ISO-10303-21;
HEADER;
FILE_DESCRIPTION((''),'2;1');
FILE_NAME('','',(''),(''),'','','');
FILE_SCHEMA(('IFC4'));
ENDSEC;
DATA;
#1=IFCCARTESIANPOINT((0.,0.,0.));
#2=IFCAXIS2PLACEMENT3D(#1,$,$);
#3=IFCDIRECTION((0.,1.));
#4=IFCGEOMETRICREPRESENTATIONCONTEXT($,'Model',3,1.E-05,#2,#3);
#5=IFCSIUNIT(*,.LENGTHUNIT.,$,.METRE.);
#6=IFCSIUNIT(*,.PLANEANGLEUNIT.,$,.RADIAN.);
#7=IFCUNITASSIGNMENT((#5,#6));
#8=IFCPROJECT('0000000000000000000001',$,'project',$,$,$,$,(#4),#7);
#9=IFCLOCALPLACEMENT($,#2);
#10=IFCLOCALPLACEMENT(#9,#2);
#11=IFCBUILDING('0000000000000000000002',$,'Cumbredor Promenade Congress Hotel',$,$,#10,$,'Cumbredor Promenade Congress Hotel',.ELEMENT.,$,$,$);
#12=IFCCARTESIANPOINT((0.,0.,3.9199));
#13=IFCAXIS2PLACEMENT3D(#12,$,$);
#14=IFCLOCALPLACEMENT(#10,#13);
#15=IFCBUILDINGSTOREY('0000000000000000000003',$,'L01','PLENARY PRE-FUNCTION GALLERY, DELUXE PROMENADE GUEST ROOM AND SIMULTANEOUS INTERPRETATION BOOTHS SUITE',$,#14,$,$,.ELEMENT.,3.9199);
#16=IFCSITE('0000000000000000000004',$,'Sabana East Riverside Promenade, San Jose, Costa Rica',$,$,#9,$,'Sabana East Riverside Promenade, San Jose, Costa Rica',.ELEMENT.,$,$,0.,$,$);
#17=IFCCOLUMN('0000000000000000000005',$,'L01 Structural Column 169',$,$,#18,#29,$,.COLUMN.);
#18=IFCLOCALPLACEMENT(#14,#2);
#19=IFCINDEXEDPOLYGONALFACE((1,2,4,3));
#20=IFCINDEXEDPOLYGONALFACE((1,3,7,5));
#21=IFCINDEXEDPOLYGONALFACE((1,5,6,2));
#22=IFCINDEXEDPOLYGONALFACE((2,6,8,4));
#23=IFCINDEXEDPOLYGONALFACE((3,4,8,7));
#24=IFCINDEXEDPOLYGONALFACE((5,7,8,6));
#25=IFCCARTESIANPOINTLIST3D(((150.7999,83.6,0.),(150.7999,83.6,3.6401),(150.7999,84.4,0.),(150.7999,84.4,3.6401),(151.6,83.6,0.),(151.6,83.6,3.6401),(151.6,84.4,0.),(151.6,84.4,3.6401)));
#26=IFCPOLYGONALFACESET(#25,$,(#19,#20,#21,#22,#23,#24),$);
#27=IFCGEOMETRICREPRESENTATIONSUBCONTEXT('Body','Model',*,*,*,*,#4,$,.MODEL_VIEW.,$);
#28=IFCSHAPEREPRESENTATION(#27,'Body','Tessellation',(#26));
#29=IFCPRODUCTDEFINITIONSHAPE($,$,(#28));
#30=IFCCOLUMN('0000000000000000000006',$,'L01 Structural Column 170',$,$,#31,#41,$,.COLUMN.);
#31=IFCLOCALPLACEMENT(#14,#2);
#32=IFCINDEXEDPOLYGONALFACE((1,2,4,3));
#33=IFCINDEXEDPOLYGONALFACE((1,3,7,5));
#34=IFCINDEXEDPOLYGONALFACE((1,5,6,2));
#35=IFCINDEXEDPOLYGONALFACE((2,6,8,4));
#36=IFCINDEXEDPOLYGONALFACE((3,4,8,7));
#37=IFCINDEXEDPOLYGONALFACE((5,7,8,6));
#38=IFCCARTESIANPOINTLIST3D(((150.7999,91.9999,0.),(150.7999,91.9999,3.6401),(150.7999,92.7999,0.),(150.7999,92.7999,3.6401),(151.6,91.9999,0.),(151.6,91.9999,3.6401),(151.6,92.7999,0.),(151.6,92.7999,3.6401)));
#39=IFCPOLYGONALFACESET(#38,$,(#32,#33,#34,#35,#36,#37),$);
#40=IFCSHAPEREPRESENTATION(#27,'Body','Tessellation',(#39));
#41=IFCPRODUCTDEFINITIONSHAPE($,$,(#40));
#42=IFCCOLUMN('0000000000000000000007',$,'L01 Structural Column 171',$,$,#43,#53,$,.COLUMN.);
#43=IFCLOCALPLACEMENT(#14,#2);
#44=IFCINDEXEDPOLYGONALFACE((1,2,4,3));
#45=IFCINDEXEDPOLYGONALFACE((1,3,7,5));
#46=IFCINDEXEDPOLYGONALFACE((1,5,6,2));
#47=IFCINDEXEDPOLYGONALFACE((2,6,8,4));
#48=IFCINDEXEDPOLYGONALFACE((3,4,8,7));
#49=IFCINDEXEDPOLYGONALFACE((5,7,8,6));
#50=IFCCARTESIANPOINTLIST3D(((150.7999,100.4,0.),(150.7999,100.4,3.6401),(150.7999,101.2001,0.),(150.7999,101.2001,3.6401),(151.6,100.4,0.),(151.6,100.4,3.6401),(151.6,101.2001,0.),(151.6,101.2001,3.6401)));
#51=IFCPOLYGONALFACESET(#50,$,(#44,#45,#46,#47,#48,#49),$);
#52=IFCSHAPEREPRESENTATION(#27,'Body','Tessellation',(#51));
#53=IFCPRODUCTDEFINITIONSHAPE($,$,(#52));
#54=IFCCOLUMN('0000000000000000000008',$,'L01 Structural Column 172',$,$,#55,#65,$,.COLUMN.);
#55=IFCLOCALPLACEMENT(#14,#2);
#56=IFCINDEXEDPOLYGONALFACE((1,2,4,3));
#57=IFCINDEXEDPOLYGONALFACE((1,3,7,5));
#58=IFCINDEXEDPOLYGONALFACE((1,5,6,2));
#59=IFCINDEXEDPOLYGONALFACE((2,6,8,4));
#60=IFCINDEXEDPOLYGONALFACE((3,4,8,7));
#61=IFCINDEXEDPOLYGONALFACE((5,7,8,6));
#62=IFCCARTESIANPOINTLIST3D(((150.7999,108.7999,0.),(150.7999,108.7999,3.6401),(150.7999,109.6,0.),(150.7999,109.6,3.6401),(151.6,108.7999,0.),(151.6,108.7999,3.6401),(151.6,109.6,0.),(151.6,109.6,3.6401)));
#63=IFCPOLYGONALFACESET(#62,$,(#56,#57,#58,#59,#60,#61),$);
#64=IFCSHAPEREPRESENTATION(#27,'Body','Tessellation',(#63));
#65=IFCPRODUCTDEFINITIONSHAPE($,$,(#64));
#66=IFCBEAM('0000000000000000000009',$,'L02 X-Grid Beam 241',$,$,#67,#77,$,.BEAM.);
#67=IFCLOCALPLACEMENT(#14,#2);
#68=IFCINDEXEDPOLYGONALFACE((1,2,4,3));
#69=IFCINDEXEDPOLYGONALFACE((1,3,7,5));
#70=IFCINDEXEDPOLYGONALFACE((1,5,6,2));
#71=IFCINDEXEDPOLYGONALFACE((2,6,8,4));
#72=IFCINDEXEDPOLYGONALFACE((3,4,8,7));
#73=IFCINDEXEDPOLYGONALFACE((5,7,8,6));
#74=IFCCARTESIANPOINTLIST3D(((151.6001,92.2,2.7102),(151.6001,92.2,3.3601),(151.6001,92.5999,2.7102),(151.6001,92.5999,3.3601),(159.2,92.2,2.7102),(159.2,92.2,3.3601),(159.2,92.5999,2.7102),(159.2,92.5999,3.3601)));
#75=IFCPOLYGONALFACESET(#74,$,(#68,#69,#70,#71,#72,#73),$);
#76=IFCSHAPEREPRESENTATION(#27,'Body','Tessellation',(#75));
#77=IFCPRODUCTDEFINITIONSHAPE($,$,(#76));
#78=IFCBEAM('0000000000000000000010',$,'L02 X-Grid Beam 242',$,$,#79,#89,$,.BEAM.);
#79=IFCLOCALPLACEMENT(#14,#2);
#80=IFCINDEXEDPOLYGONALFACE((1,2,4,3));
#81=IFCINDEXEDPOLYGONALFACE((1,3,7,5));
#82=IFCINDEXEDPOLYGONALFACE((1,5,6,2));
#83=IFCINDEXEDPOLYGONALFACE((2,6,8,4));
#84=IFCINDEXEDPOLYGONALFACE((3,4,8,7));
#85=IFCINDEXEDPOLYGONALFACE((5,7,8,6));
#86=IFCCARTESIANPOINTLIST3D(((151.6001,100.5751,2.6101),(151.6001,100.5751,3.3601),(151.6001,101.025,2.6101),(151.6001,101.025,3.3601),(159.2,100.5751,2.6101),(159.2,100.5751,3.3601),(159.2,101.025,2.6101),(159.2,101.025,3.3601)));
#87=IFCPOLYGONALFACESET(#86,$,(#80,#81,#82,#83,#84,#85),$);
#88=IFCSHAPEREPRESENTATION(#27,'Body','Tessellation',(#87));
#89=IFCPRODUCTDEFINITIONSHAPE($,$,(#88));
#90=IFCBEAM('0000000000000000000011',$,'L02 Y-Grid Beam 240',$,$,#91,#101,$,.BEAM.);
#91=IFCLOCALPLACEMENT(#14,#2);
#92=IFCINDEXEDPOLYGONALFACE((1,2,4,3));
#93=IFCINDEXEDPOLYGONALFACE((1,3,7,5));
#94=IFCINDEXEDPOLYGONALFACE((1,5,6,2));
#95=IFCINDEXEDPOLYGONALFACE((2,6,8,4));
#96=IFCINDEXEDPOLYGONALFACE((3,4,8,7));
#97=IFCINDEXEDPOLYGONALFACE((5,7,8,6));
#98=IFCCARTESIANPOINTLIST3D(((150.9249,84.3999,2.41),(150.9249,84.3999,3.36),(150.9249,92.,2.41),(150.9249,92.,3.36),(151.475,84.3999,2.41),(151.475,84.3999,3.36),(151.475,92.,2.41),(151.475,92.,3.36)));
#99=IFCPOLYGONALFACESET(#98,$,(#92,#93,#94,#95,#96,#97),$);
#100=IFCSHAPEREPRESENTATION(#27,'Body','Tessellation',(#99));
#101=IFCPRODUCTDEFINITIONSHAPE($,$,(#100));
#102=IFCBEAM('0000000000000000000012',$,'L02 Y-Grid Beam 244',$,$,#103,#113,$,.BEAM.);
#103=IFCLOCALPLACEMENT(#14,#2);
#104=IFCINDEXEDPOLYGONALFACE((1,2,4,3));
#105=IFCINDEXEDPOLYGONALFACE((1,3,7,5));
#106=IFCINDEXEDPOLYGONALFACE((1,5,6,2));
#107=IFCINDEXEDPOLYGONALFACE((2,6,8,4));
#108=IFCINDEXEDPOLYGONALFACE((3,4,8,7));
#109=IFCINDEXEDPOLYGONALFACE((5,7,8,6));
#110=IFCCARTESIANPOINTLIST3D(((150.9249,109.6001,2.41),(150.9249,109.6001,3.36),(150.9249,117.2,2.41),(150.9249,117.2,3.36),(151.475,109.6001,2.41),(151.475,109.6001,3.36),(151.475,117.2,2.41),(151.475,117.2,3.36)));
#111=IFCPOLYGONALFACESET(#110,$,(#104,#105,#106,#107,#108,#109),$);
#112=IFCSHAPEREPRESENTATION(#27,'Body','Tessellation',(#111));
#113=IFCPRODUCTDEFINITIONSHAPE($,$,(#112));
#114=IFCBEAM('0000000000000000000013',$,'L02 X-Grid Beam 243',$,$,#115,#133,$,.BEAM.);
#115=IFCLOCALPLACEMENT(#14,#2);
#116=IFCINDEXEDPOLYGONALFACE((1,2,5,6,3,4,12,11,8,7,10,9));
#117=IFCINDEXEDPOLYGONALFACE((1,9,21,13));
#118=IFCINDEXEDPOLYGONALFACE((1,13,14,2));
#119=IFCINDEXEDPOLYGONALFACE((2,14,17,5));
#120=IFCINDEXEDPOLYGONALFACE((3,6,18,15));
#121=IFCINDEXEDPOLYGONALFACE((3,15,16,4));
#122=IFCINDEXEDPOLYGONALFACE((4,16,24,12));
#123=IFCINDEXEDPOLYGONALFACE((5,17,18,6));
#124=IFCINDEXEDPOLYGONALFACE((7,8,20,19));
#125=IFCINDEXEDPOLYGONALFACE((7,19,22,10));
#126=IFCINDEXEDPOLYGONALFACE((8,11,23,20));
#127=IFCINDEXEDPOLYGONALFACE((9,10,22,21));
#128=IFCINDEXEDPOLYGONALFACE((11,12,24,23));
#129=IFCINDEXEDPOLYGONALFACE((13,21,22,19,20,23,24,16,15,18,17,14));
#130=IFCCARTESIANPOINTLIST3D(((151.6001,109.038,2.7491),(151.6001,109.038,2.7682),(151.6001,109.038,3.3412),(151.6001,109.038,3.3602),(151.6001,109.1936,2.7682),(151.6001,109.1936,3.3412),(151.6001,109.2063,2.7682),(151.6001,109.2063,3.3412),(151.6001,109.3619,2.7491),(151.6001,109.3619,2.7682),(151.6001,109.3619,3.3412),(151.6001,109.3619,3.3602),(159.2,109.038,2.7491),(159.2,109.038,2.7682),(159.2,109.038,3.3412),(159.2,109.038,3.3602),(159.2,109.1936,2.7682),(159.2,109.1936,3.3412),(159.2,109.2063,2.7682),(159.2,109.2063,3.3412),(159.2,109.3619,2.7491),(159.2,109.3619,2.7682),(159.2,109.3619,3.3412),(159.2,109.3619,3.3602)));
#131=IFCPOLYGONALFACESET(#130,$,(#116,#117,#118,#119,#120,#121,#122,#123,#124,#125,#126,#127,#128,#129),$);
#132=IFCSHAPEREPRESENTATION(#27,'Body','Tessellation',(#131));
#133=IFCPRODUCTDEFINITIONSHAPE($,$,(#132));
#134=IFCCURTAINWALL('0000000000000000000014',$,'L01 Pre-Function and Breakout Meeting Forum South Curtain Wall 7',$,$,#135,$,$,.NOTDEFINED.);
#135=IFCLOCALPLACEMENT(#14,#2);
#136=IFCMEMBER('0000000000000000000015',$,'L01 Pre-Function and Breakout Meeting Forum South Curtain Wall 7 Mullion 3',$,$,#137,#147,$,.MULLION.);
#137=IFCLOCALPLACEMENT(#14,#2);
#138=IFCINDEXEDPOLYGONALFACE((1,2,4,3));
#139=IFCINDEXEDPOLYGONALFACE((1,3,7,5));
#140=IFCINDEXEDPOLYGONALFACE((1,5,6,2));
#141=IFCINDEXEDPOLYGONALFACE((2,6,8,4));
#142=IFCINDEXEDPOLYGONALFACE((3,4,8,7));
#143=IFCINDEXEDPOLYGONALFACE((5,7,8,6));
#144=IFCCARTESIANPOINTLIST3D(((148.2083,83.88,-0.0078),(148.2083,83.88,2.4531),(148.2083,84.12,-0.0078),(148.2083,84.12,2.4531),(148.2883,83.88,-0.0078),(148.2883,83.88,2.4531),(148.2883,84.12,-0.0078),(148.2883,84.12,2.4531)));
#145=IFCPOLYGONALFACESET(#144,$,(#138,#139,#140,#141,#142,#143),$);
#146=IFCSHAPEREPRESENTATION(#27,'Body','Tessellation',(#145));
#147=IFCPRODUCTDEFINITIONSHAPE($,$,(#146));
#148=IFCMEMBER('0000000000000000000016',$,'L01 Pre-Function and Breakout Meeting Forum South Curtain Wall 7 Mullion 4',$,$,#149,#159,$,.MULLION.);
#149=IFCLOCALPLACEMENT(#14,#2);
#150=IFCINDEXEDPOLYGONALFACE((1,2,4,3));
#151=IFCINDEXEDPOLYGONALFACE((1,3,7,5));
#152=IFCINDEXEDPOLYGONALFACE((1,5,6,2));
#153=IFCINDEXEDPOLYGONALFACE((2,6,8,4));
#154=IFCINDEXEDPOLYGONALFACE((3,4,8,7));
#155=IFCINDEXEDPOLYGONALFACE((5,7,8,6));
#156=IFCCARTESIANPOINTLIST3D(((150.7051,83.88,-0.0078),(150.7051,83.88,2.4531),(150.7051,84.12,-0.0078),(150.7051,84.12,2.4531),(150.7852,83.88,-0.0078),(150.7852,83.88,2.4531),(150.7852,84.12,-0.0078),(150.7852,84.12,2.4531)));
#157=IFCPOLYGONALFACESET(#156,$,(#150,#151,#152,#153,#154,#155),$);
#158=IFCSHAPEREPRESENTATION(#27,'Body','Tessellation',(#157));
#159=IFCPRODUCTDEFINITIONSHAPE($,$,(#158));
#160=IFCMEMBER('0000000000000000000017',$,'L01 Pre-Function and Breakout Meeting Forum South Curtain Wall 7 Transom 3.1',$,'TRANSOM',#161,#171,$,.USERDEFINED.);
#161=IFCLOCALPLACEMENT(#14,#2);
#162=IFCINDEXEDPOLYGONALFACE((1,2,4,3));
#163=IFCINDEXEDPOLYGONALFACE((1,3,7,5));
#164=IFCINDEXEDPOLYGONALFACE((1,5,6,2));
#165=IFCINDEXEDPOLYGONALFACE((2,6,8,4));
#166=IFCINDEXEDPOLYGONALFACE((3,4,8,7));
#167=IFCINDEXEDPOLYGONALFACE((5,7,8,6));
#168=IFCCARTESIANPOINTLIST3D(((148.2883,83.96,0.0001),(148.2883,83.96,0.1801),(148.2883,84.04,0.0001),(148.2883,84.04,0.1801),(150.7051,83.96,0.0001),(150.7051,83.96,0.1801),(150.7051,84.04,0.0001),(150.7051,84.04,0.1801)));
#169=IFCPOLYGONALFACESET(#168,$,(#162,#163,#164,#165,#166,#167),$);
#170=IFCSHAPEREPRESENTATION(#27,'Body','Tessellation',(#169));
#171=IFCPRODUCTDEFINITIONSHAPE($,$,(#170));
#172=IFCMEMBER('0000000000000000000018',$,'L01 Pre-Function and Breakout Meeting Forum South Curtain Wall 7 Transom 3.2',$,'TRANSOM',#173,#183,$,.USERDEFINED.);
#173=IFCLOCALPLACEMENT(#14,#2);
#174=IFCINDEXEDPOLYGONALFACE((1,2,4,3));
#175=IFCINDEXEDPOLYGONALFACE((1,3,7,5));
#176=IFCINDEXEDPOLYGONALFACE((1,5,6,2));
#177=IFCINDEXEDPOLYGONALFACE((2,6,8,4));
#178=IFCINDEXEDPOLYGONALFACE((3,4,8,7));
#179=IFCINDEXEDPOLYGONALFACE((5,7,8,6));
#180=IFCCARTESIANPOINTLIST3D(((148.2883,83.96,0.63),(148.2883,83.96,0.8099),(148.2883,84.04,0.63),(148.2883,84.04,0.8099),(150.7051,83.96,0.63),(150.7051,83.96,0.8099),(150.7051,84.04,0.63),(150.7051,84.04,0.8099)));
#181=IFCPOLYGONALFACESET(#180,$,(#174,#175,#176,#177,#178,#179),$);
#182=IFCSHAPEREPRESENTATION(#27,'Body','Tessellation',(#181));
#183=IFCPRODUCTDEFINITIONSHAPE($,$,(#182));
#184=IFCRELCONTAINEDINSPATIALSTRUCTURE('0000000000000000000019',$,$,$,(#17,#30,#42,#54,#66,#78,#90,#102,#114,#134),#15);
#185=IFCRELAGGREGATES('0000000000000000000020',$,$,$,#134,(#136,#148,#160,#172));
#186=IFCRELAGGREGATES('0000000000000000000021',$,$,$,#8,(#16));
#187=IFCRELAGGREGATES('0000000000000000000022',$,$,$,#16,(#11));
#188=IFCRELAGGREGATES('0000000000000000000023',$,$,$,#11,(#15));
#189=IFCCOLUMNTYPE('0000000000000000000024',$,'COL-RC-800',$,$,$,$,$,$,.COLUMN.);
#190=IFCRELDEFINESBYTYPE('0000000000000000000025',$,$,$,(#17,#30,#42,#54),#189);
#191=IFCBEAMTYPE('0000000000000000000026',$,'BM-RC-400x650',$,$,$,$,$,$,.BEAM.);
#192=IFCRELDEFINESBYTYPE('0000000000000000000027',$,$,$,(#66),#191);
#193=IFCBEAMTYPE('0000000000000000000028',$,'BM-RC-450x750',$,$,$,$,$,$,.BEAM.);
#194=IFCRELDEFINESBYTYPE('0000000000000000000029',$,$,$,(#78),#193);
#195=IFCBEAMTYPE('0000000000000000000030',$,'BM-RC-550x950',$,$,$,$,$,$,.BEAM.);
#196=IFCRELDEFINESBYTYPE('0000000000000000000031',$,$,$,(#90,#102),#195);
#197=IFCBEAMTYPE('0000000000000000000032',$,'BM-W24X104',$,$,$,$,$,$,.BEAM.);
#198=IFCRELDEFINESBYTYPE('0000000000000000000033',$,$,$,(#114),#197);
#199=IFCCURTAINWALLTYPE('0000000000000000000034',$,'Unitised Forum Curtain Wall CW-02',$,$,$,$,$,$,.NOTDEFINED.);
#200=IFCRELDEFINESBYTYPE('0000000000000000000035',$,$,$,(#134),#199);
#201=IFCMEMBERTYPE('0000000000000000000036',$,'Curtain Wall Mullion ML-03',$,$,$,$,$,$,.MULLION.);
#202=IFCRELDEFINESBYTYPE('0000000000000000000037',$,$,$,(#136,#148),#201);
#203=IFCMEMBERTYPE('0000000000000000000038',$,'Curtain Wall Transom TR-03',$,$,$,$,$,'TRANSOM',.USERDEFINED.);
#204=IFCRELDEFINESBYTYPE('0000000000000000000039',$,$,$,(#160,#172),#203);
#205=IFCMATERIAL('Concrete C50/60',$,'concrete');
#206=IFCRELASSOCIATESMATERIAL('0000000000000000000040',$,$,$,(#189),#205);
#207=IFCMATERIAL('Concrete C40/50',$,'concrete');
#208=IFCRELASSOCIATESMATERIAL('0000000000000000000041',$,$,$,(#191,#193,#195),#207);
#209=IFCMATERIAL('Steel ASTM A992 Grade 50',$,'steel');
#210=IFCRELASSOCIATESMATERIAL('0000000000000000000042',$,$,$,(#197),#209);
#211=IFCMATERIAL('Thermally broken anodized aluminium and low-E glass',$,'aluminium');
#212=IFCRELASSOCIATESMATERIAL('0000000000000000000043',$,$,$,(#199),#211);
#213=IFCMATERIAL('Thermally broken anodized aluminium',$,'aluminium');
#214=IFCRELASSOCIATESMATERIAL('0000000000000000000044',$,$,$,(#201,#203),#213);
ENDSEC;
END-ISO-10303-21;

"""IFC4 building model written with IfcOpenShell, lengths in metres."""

from ifc_helpers import new_model, si_unit, direction, frame, origin, origin_2d, place, context, subcontext, project, spatial, rectangle, i_section, extrude, material, material_profile, profile_set, type_object, element, aggregate, save


model = new_model("IFC4")

# Units and contexts
model_context = context("Model", 3, precision=1e-05, world=origin(), true_north=direction((0.0, 1.0)))
body_context = subcontext(model_context, "Body", "Model", "MODEL_VIEW")
ifc_project = project(units=[si_unit("LENGTHUNIT", "METRE"), si_unit("PLANEANGLEUNIT", "RADIAN")], contexts=[model_context])

# Site, building, storey
site_placement = place(None, origin())
site = spatial("IfcSite", under=ifc_project, at=site_placement, Name="Sabana East Riverside Promenade, San Jose, Costa Rica", LongName="Sabana East Riverside Promenade, San Jose, Costa Rica", CompositionType="ELEMENT", RefElevation=0.0)
building_placement = place(site_placement, origin())
building = spatial("IfcBuilding", under=site, at=building_placement, Name="Cumbredor Promenade Congress Hotel", LongName="Cumbredor Promenade Congress Hotel", CompositionType="ELEMENT")
storey_placement = place(building_placement, frame((0.0, 0.0, 3.9199)))
storey = spatial("IfcBuildingStorey", under=building, at=storey_placement, Name="L01", Description="PLENARY PRE-FUNCTION GALLERY, DELUXE PROMENADE GUEST ROOM AND SIMULTANEOUS INTERPRETATION BOOTHS SUITE", CompositionType="ELEMENT", Elevation=3.9199)

# Columns
ifc_material_1 = material(Name="Concrete C50/60", Category="concrete")
ifc_material_profile_1 = material_profile(ifc_material_1, rectangle(XDim=0.8, YDim=0.8, at=origin_2d()), Name="RC 800x800")
ifc_profile_set_1 = profile_set([ifc_material_profile_1], Name="Concrete C50/60")
column_type = type_object("IfcColumnType", Name="COL-RC-800", PredefinedType="COLUMN", material=ifc_profile_set_1)
for number, where, z_axis, x_axis, name in (
    (1, (151.2, 84.0, 0.0), (0.0, 0.0, 1.0), (1.0, 0.0, 0.0), "L01 Structural Column 169"),
    (2, (151.2, 92.3999, 0.0), (0.0, 0.0, 1.0), (1.0, 0.0, 0.0), "L01 Structural Column 170"),
    (3, (151.2, 100.8, 0.0), (0.0, 0.0, 1.0), (1.0, 0.0, 0.0), "L01 Structural Column 171"),
    (4, (151.2, 109.2, 0.0), (0.0, 0.0, 1.0), (1.0, 0.0, 0.0), "L01 Structural Column 172"),
):
    element("IfcColumn", number, at=place(storey_placement, frame(where, z_axis=z_axis, x_axis=x_axis)), inside=storey, type_object=column_type, Name=name, PredefinedType="COLUMN", context=body_context, shape_type="SweptSolid", body=[
        extrude(rectangle(XDim=0.8, YDim=0.8, at=origin_2d()), origin(), (0.0, 0.0, 1.0), 3.6401),
    ])

# Beams
ifc_material_2 = material(Name="Concrete C40/50", Category="concrete")
ifc_material_profile_2 = material_profile(ifc_material_2, rectangle(XDim=0.3999, YDim=0.6499, at=origin_2d()), Name="RC BEAM 400x650")
ifc_profile_set_2 = profile_set([ifc_material_profile_2], Name="Concrete C40/50")
beam_type_1 = type_object("IfcBeamType", Name="BM-RC-400x650", PredefinedType="BEAM", material=ifc_profile_set_2)
beam_1_placement = place(storey_placement, frame((151.6001, 92.3999, 3.0352), z_axis=(1.0, 0.0, 0.0), x_axis=(0.0, 1.0, 0.0)))
element("IfcBeam", 5, at=beam_1_placement, inside=storey, type_object=beam_type_1, Name="L02 X-Grid Beam 241", PredefinedType="BEAM", context=body_context, shape_type="SweptSolid", body=[
    extrude(rectangle(XDim=0.3999, YDim=0.6499, at=origin_2d()), origin(), (0.0, 0.0, 1.0), 7.5999),
])
ifc_material_profile_3 = material_profile(ifc_material_2, rectangle(XDim=0.45, YDim=0.75, at=origin_2d()), Name="RC BEAM 450x750")
ifc_profile_set_3 = profile_set([ifc_material_profile_3], Name="Concrete C40/50")
beam_type_2 = type_object("IfcBeamType", Name="BM-RC-450x750", PredefinedType="BEAM", material=ifc_profile_set_3)
beam_2_placement = place(storey_placement, frame((151.6001, 100.8, 2.9851), z_axis=(1.0, 0.0, 0.0), x_axis=(0.0, 1.0, 0.0)))
element("IfcBeam", 6, at=beam_2_placement, inside=storey, type_object=beam_type_2, Name="L02 X-Grid Beam 242", PredefinedType="BEAM", context=body_context, shape_type="SweptSolid", body=[
    extrude(rectangle(XDim=0.45, YDim=0.75, at=origin_2d()), origin(), (0.0, 0.0, 1.0), 7.5999),
])
ifc_material_profile_4 = material_profile(ifc_material_2, rectangle(XDim=0.55, YDim=0.95, at=origin_2d()), Name="RC BEAM 550x950")
ifc_profile_set_4 = profile_set([ifc_material_profile_4], Name="Concrete C40/50")
beam_type_3 = type_object("IfcBeamType", Name="BM-RC-550x950", PredefinedType="BEAM", material=ifc_profile_set_4)
beam_3_placement = place(storey_placement, frame((151.2, 84.3999, 2.885), z_axis=(0.0, 1.0, 0.0), x_axis=(-1.0, 0.0, 0.0)))
element("IfcBeam", 7, at=beam_3_placement, inside=storey, type_object=beam_type_3, Name="L02 Y-Grid Beam 240", PredefinedType="BEAM", context=body_context, shape_type="SweptSolid", body=[
    extrude(rectangle(XDim=0.55, YDim=0.95, at=origin_2d()), origin(), (0.0, 0.0, 1.0), 7.6001),
])
beam_4_placement = place(storey_placement, frame((151.2, 109.6001, 2.885), z_axis=(0.0, 1.0, 0.0), x_axis=(-1.0, 0.0, 0.0)))
element("IfcBeam", 8, at=beam_4_placement, inside=storey, type_object=beam_type_3, Name="L02 Y-Grid Beam 244", PredefinedType="BEAM", context=body_context, shape_type="SweptSolid", body=[
    extrude(rectangle(XDim=0.55, YDim=0.95, at=origin_2d()), origin(), (0.0, 0.0, 1.0), 7.5999),
])
ifc_material_3 = material(Name="Steel ASTM A992 Grade 50", Category="steel")
ifc_material_profile_5 = material_profile(ifc_material_3, i_section(OverallWidth=0.324, OverallDepth=0.6111, WebThickness=0.0127, FlangeThickness=0.019, at=origin_2d()), Name="W24X104")
ifc_profile_set_5 = profile_set([ifc_material_profile_5], Name="Steel ASTM A992 Grade 50")
beam_type_4 = type_object("IfcBeamType", Name="BM-W24X104", PredefinedType="BEAM", material=ifc_profile_set_5)
beam_5_placement = place(storey_placement, frame((151.6001, 109.2, 3.0547), z_axis=(1.0, 0.0, 0.0), x_axis=(0.0, 1.0, 0.0)))
element("IfcBeam", 9, at=beam_5_placement, inside=storey, type_object=beam_type_4, Name="L02 X-Grid Beam 243", PredefinedType="BEAM", context=body_context, shape_type="SweptSolid", body=[
    extrude(i_section(OverallWidth=0.324, OverallDepth=0.6111, WebThickness=0.0127, FlangeThickness=0.019, at=origin_2d()), origin(), (0.0, 0.0, 1.0), 7.5999),
])

# Curtain wall, members
ifc_material_4 = material(Name="Thermally broken anodized aluminium and low-E glass", Category="aluminium")
curtain_wall_type = type_object("IfcCurtainWallType", Name="Unitised Forum Curtain Wall CW-02", PredefinedType="NOTDEFINED", material=ifc_material_4)
curtain_wall_placement = place(storey_placement, origin())
curtain_wall = element("IfcCurtainWall", 10, at=curtain_wall_placement, inside=storey, type_object=curtain_wall_type, Name="L01 Pre-Function and Breakout Meeting Forum South Curtain Wall 7", PredefinedType="NOTDEFINED")
ifc_material_5 = material(Name="Thermally broken anodized aluminium", Category="aluminium")
ifc_material_profile_6 = material_profile(ifc_material_5, rectangle(XDim=0.0801, YDim=0.24, at=origin_2d()), Name="ALU MULLION 80x240")
ifc_profile_set_6 = profile_set([ifc_material_profile_6], Name="Thermally broken anodized aluminium")
member_type_1 = type_object("IfcMemberType", Name="Curtain Wall Mullion ML-03", PredefinedType="MULLION", material=ifc_profile_set_6)
member_1_placement = place(storey_placement, frame((148.2483, 84.0, -0.0078), z_axis=(0.0, 0.0, 1.0), x_axis=(1.0, 0.0, 0.0)))
member_1 = element("IfcMember", 11, at=member_1_placement, type_object=member_type_1, Name="L01 Pre-Function and Breakout Meeting Forum South Curtain Wall 7 Mullion 3", PredefinedType="MULLION", context=body_context, shape_type="SweptSolid", body=[
    extrude(rectangle(XDim=0.0801, YDim=0.24, at=origin_2d()), origin(), (0.0, 0.0, 1.0), 2.4609),
])
member_2_placement = place(storey_placement, frame((150.7451, 84.0, -0.0078), z_axis=(0.0, 0.0, 1.0), x_axis=(1.0, 0.0, 0.0)))
member_2 = element("IfcMember", 12, at=member_2_placement, type_object=member_type_1, Name="L01 Pre-Function and Breakout Meeting Forum South Curtain Wall 7 Mullion 4", PredefinedType="MULLION", context=body_context, shape_type="SweptSolid", body=[
    extrude(rectangle(XDim=0.0801, YDim=0.24, at=origin_2d()), origin(), (0.0, 0.0, 1.0), 2.4609),
])
ifc_material_profile_7 = material_profile(ifc_material_5, rectangle(XDim=0.0801, YDim=0.1799, at=origin_2d()), Name="ALU TRANSOM 80x180")
ifc_profile_set_7 = profile_set([ifc_material_profile_7], Name="Thermally broken anodized aluminium")
member_type_2 = type_object("IfcMemberType", Name="Curtain Wall Transom TR-03", ElementType="TRANSOM", PredefinedType="USERDEFINED", material=ifc_profile_set_7)
member_3_placement = place(storey_placement, frame((148.2883, 84.0, 0.0901), z_axis=(1.0, 0.0, 0.0), x_axis=(0.0, 1.0, 0.0)))
member_3 = element("IfcMember", 13, at=member_3_placement, type_object=member_type_2, Name="L01 Pre-Function and Breakout Meeting Forum South Curtain Wall 7 Transom 3.1", ObjectType="TRANSOM", PredefinedType="USERDEFINED", context=body_context, shape_type="SweptSolid", body=[
    extrude(rectangle(XDim=0.0801, YDim=0.1799, at=origin_2d()), origin(), (0.0, 0.0, 1.0), 2.4167),
])
member_4_placement = place(storey_placement, frame((148.2883, 84.0, 0.72), z_axis=(1.0, 0.0, 0.0), x_axis=(0.0, 1.0, 0.0)))
member_4 = element("IfcMember", 14, at=member_4_placement, type_object=member_type_2, Name="L01 Pre-Function and Breakout Meeting Forum South Curtain Wall 7 Transom 3.2", ObjectType="TRANSOM", PredefinedType="USERDEFINED", context=body_context, shape_type="SweptSolid", body=[
    extrude(rectangle(XDim=0.0801, YDim=0.1799, at=origin_2d()), origin(), (0.0, 0.0, 1.0), 2.4167),
])

aggregate(curtain_wall, [member_1, member_2, member_3, member_4])

save(model, "model.ifc")
